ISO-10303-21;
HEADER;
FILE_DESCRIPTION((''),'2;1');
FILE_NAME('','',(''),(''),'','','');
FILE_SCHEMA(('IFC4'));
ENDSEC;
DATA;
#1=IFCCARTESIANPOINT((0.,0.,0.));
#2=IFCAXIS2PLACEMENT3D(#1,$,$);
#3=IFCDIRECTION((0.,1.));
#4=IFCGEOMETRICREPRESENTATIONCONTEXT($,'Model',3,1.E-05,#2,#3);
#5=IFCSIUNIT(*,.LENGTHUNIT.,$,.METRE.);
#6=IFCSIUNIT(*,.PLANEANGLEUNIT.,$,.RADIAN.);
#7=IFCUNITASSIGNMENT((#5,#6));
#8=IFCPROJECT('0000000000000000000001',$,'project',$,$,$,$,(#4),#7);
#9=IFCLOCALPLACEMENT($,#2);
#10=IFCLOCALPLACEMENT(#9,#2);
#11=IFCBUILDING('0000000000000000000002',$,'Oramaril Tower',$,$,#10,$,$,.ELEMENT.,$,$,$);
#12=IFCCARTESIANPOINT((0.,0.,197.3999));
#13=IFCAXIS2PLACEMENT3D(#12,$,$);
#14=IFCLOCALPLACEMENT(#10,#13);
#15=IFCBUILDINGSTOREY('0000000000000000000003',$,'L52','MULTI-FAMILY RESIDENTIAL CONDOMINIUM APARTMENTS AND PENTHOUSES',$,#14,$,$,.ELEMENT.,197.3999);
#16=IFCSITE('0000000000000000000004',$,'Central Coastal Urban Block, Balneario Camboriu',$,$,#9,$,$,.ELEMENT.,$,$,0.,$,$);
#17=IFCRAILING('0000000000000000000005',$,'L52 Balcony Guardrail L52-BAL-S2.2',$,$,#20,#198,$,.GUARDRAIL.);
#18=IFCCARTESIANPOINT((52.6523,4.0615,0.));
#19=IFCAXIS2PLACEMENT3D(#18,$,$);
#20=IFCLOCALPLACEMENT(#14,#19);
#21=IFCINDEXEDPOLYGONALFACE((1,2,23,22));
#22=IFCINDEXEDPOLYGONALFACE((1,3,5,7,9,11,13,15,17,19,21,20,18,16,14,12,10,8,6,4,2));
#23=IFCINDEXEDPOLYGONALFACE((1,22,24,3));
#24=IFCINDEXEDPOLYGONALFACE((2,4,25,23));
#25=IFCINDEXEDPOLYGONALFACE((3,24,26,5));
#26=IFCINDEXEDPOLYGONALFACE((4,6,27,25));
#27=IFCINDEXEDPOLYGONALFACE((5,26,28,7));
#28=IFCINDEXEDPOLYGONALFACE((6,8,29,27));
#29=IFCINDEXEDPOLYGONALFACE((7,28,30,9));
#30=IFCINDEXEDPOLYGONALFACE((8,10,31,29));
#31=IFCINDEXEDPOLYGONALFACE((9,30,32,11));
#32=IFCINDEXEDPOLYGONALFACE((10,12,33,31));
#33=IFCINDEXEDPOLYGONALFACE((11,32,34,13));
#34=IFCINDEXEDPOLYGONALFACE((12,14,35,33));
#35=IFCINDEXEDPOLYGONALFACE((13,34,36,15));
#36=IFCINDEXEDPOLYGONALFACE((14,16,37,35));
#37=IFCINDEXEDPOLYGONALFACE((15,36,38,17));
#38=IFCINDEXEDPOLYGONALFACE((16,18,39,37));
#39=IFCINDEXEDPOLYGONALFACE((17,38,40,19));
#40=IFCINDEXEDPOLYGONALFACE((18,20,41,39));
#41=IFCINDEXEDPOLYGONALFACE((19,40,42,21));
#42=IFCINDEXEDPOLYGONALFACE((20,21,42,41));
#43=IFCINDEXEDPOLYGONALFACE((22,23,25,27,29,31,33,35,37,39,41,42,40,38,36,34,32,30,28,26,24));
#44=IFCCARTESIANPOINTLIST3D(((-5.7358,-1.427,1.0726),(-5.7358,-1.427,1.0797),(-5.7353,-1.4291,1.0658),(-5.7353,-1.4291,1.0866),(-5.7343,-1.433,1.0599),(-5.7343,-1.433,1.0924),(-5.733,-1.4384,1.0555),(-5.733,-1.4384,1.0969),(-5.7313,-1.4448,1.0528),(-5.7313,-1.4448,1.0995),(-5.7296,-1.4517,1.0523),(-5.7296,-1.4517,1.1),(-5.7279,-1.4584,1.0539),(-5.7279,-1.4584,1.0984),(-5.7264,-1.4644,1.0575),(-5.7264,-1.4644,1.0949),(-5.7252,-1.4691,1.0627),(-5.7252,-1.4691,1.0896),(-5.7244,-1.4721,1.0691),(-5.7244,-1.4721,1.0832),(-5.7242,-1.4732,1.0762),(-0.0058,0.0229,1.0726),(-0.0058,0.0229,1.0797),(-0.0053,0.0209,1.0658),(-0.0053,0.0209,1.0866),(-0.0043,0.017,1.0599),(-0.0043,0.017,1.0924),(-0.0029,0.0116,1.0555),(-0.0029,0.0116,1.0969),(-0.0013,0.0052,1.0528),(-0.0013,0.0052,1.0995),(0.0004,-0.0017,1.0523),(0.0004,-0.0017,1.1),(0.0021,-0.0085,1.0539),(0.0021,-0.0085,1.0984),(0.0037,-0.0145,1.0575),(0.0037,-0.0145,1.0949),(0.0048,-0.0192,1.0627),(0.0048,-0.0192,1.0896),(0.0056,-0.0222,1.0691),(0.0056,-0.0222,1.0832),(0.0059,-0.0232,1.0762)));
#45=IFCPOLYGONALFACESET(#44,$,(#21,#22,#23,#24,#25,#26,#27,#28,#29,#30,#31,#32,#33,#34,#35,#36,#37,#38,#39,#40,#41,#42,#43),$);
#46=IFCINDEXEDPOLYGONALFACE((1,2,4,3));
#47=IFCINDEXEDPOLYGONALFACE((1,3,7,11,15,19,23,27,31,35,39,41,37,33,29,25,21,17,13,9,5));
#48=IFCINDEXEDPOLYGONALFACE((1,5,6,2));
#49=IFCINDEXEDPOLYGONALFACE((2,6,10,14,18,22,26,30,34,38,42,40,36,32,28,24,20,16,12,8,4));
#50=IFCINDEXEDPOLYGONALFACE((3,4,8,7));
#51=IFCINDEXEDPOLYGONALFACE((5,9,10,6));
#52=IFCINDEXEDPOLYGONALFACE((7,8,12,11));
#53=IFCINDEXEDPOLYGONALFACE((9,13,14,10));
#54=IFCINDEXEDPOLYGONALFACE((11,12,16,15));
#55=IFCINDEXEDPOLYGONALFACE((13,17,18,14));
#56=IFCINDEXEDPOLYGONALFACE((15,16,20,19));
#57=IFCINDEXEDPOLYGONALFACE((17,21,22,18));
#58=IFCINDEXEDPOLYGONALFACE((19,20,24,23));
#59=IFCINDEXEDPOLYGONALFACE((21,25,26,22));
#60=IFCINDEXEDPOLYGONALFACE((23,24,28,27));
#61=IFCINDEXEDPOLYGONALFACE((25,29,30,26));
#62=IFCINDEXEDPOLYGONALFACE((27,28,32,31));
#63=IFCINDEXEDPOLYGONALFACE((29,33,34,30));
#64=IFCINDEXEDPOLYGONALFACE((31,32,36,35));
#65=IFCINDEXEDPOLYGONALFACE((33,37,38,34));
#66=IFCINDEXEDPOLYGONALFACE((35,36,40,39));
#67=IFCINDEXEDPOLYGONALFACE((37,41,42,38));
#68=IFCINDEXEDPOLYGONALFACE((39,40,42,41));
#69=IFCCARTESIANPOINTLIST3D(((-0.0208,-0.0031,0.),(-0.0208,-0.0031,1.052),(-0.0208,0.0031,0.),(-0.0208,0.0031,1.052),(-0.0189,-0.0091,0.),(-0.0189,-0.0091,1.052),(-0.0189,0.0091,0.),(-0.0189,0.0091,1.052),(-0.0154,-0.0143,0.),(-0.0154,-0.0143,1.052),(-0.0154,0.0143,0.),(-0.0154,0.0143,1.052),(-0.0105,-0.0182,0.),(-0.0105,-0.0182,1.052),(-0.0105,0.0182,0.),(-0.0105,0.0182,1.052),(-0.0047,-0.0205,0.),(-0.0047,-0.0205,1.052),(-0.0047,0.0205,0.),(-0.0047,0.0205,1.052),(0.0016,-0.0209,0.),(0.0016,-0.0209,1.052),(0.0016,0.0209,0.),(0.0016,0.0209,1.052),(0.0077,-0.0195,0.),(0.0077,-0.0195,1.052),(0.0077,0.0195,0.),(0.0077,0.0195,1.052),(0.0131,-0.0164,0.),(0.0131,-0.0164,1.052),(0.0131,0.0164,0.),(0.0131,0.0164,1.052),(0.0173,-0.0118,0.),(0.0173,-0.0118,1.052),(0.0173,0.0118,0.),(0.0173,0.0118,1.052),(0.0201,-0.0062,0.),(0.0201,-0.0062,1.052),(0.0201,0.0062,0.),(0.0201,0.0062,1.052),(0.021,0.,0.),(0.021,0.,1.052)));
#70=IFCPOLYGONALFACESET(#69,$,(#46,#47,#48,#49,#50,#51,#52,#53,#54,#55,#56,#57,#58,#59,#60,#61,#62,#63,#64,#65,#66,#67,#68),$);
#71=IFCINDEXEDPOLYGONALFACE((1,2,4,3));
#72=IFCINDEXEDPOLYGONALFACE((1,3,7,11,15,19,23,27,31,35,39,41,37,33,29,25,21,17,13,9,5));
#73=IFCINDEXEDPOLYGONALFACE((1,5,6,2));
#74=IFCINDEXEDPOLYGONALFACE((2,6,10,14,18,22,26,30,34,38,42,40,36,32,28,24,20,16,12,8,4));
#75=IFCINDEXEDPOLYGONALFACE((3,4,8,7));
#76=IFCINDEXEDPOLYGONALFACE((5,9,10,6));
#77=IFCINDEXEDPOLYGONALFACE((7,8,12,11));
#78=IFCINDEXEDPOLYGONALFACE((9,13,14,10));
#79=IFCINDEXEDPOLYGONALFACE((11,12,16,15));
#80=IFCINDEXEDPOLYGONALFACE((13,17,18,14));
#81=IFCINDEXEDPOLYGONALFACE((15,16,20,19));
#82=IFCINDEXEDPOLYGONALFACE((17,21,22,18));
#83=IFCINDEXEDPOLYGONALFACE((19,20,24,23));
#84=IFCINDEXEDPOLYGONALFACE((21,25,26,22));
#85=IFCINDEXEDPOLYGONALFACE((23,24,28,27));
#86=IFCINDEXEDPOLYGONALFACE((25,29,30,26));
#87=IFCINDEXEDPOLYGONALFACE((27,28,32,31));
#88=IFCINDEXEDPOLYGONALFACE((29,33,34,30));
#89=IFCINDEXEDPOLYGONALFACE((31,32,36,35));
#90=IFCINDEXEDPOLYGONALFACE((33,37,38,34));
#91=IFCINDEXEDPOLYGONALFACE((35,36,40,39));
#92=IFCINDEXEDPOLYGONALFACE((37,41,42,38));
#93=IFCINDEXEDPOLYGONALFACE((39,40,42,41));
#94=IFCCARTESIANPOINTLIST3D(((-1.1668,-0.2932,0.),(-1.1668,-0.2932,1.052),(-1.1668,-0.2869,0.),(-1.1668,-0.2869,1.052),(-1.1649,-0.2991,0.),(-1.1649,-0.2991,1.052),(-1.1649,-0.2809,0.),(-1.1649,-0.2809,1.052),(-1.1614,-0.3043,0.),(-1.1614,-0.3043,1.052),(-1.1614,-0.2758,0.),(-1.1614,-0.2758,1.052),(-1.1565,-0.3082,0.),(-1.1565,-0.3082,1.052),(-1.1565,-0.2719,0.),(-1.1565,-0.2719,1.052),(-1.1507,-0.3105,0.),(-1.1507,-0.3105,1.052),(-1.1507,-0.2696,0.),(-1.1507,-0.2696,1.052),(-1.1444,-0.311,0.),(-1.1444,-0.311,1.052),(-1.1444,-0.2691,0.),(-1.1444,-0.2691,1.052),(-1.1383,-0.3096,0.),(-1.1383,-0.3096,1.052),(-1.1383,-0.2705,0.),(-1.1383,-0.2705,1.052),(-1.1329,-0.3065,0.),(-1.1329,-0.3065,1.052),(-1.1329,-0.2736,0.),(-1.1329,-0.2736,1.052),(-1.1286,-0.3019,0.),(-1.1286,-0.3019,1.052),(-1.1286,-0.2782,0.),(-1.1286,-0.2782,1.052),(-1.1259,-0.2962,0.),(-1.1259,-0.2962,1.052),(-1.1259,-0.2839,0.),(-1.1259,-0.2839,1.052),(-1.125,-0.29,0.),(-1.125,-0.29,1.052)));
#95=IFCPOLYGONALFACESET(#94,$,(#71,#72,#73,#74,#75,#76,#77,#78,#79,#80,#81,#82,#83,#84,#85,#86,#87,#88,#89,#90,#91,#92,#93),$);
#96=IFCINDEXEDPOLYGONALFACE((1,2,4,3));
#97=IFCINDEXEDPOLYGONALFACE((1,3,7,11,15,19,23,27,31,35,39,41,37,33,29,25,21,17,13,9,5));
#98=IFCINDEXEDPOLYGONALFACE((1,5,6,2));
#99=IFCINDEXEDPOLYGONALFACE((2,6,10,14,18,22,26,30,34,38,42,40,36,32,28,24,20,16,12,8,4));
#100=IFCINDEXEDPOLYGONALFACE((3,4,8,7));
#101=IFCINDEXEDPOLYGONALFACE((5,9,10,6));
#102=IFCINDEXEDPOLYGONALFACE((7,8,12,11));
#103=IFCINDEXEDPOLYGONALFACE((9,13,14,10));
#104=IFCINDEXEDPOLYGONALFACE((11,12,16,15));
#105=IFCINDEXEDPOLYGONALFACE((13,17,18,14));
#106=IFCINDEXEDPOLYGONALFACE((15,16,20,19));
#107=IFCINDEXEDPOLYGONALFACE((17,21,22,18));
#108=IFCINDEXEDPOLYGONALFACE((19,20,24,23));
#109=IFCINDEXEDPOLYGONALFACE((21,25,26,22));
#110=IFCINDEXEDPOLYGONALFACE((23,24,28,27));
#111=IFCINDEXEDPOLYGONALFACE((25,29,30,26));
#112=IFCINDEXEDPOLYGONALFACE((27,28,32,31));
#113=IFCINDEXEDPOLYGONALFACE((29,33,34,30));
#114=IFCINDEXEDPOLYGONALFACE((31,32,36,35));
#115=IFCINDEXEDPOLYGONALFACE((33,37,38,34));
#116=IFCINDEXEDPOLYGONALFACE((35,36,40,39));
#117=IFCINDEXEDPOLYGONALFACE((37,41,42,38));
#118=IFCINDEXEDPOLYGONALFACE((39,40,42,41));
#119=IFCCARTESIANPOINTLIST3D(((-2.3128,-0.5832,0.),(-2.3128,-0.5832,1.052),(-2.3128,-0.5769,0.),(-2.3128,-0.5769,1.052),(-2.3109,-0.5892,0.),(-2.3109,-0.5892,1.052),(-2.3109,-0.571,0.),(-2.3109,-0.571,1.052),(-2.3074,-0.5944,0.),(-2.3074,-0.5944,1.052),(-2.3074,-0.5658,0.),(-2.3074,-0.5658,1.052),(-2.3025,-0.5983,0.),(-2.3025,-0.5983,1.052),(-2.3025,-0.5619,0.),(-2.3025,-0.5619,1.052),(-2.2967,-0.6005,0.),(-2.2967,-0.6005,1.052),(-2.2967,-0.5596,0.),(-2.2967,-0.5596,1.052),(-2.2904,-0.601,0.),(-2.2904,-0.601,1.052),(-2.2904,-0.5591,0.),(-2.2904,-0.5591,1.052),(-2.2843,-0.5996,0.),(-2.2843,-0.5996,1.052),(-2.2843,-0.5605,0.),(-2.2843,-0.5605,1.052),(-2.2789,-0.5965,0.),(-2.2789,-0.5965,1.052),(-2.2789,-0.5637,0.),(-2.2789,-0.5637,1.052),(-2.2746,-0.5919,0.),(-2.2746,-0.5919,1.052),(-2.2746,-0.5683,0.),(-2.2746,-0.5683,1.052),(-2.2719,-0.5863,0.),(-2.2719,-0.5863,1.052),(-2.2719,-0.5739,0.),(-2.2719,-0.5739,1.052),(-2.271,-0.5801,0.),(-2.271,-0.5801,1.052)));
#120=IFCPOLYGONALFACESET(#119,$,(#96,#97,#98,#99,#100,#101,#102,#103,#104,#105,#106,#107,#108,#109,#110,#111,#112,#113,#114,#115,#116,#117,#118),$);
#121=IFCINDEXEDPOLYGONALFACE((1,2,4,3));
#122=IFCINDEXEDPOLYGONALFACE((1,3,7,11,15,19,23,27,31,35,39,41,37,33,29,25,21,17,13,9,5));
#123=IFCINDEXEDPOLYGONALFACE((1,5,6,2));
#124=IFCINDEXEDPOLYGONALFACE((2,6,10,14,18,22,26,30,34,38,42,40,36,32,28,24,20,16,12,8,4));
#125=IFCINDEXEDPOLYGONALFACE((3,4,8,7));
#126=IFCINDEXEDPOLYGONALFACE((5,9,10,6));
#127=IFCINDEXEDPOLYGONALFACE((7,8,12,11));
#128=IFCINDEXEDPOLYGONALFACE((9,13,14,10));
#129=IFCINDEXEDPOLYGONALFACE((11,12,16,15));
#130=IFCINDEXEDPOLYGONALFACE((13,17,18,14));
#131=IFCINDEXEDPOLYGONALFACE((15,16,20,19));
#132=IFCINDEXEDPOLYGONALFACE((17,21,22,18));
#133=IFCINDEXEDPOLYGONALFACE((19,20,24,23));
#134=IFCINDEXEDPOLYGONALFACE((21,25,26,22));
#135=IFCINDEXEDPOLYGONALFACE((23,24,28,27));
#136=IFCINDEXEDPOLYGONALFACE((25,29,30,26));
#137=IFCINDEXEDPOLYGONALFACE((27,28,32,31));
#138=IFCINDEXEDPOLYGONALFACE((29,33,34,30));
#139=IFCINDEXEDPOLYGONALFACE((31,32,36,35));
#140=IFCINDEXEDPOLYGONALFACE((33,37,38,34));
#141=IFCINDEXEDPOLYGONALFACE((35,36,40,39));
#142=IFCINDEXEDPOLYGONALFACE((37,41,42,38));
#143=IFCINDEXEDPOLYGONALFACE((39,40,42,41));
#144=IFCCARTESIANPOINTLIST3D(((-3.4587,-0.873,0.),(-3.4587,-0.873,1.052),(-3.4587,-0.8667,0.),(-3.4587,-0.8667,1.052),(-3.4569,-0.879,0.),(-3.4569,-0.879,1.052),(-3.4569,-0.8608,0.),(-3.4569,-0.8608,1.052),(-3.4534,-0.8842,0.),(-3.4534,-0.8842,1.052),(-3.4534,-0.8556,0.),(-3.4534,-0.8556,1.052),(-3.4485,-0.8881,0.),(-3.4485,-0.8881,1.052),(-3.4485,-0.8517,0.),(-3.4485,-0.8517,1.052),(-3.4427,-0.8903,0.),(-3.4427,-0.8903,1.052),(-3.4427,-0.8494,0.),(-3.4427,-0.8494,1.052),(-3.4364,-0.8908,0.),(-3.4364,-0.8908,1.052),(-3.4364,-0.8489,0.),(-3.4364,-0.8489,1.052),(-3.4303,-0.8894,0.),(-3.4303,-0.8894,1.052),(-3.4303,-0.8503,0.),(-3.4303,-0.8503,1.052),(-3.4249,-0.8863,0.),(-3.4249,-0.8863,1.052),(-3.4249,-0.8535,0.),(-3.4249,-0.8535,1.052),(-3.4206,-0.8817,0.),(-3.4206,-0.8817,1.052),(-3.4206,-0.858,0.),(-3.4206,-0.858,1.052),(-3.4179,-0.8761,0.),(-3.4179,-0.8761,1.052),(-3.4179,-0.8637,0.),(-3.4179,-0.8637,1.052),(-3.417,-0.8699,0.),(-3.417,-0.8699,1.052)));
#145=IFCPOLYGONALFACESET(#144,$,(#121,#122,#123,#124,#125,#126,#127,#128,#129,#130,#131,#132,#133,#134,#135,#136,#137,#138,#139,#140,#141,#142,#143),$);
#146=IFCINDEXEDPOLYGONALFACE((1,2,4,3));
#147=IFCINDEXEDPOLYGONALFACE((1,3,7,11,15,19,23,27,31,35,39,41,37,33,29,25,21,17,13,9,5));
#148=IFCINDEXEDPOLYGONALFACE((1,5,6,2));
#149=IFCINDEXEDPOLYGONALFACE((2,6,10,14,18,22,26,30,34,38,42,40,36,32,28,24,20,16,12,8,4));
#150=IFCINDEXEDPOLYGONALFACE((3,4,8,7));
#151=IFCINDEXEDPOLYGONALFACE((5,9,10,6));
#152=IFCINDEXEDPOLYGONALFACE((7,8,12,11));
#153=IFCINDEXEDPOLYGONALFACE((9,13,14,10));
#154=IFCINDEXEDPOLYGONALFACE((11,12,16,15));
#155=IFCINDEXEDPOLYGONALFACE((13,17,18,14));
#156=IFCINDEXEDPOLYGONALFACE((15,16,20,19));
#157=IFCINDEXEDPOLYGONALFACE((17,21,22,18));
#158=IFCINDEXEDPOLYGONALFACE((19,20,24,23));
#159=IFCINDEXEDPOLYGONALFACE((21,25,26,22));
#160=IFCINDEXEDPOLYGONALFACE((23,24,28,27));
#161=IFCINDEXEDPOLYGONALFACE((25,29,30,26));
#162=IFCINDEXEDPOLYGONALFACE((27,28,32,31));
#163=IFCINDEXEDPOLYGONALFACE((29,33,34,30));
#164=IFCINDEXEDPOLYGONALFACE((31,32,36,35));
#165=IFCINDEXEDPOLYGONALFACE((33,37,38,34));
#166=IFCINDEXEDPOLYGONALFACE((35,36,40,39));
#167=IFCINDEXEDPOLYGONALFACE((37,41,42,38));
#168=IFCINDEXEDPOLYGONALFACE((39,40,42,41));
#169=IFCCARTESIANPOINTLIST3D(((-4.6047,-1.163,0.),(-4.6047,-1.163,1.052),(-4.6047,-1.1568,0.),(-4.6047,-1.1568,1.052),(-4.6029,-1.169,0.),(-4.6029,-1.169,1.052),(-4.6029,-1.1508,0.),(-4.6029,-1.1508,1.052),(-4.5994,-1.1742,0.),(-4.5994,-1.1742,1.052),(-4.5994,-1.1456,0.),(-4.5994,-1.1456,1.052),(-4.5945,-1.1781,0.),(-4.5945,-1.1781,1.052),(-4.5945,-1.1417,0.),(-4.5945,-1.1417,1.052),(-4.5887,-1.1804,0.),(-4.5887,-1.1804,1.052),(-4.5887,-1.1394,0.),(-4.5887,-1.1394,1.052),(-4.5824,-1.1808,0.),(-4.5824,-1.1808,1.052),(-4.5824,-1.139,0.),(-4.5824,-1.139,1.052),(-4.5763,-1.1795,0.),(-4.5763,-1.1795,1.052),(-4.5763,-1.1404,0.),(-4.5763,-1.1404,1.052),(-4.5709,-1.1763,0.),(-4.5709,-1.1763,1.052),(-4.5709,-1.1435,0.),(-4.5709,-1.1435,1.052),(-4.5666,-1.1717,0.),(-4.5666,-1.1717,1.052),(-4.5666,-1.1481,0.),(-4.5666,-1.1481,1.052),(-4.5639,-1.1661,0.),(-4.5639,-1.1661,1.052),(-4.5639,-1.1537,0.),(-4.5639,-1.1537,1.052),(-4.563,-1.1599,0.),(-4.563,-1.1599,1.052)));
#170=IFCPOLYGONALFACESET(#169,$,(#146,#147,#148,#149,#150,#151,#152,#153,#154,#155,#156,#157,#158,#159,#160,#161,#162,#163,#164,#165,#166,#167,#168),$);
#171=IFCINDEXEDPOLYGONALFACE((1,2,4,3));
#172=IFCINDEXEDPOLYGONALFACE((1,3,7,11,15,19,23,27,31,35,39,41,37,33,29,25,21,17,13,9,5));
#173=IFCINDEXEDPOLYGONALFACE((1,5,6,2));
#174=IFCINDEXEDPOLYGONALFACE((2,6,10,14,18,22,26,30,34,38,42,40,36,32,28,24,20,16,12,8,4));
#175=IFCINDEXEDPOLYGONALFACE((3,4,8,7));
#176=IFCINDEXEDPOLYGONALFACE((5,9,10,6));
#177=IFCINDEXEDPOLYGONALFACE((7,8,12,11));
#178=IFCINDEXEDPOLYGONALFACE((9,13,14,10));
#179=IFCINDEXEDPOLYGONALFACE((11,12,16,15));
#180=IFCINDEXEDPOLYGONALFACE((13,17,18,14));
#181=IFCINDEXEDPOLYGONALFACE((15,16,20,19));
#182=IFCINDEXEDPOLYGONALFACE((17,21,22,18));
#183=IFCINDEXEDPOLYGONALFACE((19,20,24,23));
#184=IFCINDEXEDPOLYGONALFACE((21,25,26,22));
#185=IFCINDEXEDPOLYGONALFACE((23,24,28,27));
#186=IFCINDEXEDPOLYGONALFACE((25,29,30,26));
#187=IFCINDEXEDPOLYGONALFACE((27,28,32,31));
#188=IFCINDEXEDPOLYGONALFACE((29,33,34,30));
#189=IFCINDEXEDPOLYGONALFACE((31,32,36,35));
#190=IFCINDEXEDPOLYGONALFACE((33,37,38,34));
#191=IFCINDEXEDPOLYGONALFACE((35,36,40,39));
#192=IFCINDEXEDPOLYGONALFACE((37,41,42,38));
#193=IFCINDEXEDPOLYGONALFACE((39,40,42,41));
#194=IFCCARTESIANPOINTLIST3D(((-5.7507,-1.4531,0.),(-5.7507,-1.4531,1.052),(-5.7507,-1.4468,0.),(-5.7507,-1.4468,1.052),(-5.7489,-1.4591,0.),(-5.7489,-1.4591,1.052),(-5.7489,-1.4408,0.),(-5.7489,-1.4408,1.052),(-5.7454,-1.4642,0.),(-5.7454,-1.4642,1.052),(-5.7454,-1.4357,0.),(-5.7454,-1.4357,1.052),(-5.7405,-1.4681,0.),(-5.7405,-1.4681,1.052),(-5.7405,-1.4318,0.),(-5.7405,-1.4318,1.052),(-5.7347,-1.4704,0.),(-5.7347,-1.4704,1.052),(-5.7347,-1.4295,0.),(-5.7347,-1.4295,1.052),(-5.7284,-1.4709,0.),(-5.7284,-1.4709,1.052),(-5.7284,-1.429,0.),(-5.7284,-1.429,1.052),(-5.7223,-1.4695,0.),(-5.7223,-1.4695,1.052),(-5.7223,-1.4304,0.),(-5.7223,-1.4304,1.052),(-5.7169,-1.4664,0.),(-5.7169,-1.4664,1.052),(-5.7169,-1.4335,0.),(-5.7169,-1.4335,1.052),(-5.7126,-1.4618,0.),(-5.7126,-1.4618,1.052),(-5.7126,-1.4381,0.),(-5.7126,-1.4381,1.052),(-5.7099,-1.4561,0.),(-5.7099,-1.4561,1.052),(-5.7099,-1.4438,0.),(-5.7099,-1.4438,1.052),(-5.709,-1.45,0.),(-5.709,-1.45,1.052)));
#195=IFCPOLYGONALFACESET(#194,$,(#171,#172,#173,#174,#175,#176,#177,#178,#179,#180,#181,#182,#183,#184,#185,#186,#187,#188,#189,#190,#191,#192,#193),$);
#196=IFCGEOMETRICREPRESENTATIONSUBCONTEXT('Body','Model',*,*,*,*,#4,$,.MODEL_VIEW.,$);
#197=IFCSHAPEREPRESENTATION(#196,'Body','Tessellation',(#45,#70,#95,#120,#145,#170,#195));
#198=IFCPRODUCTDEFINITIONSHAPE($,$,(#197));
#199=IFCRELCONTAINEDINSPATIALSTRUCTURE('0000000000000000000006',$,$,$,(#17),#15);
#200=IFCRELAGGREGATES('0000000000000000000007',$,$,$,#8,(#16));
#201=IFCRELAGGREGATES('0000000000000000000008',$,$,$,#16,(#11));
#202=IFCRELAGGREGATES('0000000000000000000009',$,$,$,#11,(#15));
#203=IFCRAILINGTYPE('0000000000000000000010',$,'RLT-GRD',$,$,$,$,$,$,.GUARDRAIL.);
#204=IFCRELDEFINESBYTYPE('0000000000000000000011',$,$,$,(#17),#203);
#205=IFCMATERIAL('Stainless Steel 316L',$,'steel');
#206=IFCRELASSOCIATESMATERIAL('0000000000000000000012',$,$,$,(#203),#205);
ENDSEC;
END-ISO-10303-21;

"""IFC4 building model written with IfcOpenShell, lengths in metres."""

from ifc_helpers import new_model, si_unit, direction, frame, origin, origin_2d, place, context, subcontext, project, spatial, circle, extrude, material, type_object, element, save


model = new_model("IFC4")

# Units and contexts
model_context = context("Model", 3, precision=1e-05, world=origin(), true_north=direction((0.0, 1.0)))
body_context = subcontext(model_context, "Body", "Model", "MODEL_VIEW")
ifc_project = project(units=[si_unit("LENGTHUNIT", "METRE"), si_unit("PLANEANGLEUNIT", "RADIAN")], contexts=[model_context])

# Site, building, storey
site_placement = place(None, origin())
site = spatial("IfcSite", under=ifc_project, at=site_placement, Name="Central Coastal Urban Block, Balneario Camboriu", CompositionType="ELEMENT", RefElevation=0.0)
building_placement = place(site_placement, origin())
building = spatial("IfcBuilding", under=site, at=building_placement, Name="Oramaril Tower", CompositionType="ELEMENT")
storey_placement = place(building_placement, frame((0.0, 0.0, 197.3999)))
storey = spatial("IfcBuildingStorey", under=building, at=storey_placement, Name="L52", Description="MULTI-FAMILY RESIDENTIAL CONDOMINIUM APARTMENTS AND PENTHOUSES", CompositionType="ELEMENT", Elevation=197.3999)

# Railing
ifc_material_1 = material(Name="Stainless Steel 316L", Category="steel")
railing_type = type_object("IfcRailingType", Name="RLT-GRD", PredefinedType="GUARDRAIL", material=ifc_material_1)
railing_1_placement = place(storey_placement, frame((52.6523, 4.0615, 0.0)))
element("IfcRailing", 1, at=railing_1_placement, inside=storey, type_object=railing_type, Name="L52 Balcony Guardrail L52-BAL-S2.2", PredefinedType="GUARDRAIL", context=body_context, shape_type="SweptSolid", body=[
    extrude(circle(Radius=0.0239, at=origin_2d()), frame((0.0, 0.0, 1.0762), z_axis=(-0.969444, -0.245314, 0.0), x_axis=(0.245314, -0.969444, 0.0)), (0.0, 0.0, 1.0), 5.9106),
    extrude(circle(Radius=0.021, at=origin_2d()), origin(), (0.0, 0.0, 1.0), 1.052),
    extrude(circle(Radius=0.021, at=origin_2d()), frame((-1.146, -0.29, 0.0)), (0.0, 0.0, 1.0), 1.052),
    extrude(circle(Radius=0.021, at=origin_2d()), frame((-2.292, -0.5801, 0.0)), (0.0, 0.0, 1.0), 1.052),
    extrude(circle(Radius=0.021, at=origin_2d()), frame((-3.438, -0.8699, 0.0)), (0.0, 0.0, 1.0), 1.052),
    extrude(circle(Radius=0.021, at=origin_2d()), frame((-4.584, -1.1599, 0.0)), (0.0, 0.0, 1.0), 1.052),
    extrude(circle(Radius=0.021, at=origin_2d()), frame((-5.73, -1.45, 0.0)), (0.0, 0.0, 1.0), 1.052),
])

save(model, "model.ifc")
